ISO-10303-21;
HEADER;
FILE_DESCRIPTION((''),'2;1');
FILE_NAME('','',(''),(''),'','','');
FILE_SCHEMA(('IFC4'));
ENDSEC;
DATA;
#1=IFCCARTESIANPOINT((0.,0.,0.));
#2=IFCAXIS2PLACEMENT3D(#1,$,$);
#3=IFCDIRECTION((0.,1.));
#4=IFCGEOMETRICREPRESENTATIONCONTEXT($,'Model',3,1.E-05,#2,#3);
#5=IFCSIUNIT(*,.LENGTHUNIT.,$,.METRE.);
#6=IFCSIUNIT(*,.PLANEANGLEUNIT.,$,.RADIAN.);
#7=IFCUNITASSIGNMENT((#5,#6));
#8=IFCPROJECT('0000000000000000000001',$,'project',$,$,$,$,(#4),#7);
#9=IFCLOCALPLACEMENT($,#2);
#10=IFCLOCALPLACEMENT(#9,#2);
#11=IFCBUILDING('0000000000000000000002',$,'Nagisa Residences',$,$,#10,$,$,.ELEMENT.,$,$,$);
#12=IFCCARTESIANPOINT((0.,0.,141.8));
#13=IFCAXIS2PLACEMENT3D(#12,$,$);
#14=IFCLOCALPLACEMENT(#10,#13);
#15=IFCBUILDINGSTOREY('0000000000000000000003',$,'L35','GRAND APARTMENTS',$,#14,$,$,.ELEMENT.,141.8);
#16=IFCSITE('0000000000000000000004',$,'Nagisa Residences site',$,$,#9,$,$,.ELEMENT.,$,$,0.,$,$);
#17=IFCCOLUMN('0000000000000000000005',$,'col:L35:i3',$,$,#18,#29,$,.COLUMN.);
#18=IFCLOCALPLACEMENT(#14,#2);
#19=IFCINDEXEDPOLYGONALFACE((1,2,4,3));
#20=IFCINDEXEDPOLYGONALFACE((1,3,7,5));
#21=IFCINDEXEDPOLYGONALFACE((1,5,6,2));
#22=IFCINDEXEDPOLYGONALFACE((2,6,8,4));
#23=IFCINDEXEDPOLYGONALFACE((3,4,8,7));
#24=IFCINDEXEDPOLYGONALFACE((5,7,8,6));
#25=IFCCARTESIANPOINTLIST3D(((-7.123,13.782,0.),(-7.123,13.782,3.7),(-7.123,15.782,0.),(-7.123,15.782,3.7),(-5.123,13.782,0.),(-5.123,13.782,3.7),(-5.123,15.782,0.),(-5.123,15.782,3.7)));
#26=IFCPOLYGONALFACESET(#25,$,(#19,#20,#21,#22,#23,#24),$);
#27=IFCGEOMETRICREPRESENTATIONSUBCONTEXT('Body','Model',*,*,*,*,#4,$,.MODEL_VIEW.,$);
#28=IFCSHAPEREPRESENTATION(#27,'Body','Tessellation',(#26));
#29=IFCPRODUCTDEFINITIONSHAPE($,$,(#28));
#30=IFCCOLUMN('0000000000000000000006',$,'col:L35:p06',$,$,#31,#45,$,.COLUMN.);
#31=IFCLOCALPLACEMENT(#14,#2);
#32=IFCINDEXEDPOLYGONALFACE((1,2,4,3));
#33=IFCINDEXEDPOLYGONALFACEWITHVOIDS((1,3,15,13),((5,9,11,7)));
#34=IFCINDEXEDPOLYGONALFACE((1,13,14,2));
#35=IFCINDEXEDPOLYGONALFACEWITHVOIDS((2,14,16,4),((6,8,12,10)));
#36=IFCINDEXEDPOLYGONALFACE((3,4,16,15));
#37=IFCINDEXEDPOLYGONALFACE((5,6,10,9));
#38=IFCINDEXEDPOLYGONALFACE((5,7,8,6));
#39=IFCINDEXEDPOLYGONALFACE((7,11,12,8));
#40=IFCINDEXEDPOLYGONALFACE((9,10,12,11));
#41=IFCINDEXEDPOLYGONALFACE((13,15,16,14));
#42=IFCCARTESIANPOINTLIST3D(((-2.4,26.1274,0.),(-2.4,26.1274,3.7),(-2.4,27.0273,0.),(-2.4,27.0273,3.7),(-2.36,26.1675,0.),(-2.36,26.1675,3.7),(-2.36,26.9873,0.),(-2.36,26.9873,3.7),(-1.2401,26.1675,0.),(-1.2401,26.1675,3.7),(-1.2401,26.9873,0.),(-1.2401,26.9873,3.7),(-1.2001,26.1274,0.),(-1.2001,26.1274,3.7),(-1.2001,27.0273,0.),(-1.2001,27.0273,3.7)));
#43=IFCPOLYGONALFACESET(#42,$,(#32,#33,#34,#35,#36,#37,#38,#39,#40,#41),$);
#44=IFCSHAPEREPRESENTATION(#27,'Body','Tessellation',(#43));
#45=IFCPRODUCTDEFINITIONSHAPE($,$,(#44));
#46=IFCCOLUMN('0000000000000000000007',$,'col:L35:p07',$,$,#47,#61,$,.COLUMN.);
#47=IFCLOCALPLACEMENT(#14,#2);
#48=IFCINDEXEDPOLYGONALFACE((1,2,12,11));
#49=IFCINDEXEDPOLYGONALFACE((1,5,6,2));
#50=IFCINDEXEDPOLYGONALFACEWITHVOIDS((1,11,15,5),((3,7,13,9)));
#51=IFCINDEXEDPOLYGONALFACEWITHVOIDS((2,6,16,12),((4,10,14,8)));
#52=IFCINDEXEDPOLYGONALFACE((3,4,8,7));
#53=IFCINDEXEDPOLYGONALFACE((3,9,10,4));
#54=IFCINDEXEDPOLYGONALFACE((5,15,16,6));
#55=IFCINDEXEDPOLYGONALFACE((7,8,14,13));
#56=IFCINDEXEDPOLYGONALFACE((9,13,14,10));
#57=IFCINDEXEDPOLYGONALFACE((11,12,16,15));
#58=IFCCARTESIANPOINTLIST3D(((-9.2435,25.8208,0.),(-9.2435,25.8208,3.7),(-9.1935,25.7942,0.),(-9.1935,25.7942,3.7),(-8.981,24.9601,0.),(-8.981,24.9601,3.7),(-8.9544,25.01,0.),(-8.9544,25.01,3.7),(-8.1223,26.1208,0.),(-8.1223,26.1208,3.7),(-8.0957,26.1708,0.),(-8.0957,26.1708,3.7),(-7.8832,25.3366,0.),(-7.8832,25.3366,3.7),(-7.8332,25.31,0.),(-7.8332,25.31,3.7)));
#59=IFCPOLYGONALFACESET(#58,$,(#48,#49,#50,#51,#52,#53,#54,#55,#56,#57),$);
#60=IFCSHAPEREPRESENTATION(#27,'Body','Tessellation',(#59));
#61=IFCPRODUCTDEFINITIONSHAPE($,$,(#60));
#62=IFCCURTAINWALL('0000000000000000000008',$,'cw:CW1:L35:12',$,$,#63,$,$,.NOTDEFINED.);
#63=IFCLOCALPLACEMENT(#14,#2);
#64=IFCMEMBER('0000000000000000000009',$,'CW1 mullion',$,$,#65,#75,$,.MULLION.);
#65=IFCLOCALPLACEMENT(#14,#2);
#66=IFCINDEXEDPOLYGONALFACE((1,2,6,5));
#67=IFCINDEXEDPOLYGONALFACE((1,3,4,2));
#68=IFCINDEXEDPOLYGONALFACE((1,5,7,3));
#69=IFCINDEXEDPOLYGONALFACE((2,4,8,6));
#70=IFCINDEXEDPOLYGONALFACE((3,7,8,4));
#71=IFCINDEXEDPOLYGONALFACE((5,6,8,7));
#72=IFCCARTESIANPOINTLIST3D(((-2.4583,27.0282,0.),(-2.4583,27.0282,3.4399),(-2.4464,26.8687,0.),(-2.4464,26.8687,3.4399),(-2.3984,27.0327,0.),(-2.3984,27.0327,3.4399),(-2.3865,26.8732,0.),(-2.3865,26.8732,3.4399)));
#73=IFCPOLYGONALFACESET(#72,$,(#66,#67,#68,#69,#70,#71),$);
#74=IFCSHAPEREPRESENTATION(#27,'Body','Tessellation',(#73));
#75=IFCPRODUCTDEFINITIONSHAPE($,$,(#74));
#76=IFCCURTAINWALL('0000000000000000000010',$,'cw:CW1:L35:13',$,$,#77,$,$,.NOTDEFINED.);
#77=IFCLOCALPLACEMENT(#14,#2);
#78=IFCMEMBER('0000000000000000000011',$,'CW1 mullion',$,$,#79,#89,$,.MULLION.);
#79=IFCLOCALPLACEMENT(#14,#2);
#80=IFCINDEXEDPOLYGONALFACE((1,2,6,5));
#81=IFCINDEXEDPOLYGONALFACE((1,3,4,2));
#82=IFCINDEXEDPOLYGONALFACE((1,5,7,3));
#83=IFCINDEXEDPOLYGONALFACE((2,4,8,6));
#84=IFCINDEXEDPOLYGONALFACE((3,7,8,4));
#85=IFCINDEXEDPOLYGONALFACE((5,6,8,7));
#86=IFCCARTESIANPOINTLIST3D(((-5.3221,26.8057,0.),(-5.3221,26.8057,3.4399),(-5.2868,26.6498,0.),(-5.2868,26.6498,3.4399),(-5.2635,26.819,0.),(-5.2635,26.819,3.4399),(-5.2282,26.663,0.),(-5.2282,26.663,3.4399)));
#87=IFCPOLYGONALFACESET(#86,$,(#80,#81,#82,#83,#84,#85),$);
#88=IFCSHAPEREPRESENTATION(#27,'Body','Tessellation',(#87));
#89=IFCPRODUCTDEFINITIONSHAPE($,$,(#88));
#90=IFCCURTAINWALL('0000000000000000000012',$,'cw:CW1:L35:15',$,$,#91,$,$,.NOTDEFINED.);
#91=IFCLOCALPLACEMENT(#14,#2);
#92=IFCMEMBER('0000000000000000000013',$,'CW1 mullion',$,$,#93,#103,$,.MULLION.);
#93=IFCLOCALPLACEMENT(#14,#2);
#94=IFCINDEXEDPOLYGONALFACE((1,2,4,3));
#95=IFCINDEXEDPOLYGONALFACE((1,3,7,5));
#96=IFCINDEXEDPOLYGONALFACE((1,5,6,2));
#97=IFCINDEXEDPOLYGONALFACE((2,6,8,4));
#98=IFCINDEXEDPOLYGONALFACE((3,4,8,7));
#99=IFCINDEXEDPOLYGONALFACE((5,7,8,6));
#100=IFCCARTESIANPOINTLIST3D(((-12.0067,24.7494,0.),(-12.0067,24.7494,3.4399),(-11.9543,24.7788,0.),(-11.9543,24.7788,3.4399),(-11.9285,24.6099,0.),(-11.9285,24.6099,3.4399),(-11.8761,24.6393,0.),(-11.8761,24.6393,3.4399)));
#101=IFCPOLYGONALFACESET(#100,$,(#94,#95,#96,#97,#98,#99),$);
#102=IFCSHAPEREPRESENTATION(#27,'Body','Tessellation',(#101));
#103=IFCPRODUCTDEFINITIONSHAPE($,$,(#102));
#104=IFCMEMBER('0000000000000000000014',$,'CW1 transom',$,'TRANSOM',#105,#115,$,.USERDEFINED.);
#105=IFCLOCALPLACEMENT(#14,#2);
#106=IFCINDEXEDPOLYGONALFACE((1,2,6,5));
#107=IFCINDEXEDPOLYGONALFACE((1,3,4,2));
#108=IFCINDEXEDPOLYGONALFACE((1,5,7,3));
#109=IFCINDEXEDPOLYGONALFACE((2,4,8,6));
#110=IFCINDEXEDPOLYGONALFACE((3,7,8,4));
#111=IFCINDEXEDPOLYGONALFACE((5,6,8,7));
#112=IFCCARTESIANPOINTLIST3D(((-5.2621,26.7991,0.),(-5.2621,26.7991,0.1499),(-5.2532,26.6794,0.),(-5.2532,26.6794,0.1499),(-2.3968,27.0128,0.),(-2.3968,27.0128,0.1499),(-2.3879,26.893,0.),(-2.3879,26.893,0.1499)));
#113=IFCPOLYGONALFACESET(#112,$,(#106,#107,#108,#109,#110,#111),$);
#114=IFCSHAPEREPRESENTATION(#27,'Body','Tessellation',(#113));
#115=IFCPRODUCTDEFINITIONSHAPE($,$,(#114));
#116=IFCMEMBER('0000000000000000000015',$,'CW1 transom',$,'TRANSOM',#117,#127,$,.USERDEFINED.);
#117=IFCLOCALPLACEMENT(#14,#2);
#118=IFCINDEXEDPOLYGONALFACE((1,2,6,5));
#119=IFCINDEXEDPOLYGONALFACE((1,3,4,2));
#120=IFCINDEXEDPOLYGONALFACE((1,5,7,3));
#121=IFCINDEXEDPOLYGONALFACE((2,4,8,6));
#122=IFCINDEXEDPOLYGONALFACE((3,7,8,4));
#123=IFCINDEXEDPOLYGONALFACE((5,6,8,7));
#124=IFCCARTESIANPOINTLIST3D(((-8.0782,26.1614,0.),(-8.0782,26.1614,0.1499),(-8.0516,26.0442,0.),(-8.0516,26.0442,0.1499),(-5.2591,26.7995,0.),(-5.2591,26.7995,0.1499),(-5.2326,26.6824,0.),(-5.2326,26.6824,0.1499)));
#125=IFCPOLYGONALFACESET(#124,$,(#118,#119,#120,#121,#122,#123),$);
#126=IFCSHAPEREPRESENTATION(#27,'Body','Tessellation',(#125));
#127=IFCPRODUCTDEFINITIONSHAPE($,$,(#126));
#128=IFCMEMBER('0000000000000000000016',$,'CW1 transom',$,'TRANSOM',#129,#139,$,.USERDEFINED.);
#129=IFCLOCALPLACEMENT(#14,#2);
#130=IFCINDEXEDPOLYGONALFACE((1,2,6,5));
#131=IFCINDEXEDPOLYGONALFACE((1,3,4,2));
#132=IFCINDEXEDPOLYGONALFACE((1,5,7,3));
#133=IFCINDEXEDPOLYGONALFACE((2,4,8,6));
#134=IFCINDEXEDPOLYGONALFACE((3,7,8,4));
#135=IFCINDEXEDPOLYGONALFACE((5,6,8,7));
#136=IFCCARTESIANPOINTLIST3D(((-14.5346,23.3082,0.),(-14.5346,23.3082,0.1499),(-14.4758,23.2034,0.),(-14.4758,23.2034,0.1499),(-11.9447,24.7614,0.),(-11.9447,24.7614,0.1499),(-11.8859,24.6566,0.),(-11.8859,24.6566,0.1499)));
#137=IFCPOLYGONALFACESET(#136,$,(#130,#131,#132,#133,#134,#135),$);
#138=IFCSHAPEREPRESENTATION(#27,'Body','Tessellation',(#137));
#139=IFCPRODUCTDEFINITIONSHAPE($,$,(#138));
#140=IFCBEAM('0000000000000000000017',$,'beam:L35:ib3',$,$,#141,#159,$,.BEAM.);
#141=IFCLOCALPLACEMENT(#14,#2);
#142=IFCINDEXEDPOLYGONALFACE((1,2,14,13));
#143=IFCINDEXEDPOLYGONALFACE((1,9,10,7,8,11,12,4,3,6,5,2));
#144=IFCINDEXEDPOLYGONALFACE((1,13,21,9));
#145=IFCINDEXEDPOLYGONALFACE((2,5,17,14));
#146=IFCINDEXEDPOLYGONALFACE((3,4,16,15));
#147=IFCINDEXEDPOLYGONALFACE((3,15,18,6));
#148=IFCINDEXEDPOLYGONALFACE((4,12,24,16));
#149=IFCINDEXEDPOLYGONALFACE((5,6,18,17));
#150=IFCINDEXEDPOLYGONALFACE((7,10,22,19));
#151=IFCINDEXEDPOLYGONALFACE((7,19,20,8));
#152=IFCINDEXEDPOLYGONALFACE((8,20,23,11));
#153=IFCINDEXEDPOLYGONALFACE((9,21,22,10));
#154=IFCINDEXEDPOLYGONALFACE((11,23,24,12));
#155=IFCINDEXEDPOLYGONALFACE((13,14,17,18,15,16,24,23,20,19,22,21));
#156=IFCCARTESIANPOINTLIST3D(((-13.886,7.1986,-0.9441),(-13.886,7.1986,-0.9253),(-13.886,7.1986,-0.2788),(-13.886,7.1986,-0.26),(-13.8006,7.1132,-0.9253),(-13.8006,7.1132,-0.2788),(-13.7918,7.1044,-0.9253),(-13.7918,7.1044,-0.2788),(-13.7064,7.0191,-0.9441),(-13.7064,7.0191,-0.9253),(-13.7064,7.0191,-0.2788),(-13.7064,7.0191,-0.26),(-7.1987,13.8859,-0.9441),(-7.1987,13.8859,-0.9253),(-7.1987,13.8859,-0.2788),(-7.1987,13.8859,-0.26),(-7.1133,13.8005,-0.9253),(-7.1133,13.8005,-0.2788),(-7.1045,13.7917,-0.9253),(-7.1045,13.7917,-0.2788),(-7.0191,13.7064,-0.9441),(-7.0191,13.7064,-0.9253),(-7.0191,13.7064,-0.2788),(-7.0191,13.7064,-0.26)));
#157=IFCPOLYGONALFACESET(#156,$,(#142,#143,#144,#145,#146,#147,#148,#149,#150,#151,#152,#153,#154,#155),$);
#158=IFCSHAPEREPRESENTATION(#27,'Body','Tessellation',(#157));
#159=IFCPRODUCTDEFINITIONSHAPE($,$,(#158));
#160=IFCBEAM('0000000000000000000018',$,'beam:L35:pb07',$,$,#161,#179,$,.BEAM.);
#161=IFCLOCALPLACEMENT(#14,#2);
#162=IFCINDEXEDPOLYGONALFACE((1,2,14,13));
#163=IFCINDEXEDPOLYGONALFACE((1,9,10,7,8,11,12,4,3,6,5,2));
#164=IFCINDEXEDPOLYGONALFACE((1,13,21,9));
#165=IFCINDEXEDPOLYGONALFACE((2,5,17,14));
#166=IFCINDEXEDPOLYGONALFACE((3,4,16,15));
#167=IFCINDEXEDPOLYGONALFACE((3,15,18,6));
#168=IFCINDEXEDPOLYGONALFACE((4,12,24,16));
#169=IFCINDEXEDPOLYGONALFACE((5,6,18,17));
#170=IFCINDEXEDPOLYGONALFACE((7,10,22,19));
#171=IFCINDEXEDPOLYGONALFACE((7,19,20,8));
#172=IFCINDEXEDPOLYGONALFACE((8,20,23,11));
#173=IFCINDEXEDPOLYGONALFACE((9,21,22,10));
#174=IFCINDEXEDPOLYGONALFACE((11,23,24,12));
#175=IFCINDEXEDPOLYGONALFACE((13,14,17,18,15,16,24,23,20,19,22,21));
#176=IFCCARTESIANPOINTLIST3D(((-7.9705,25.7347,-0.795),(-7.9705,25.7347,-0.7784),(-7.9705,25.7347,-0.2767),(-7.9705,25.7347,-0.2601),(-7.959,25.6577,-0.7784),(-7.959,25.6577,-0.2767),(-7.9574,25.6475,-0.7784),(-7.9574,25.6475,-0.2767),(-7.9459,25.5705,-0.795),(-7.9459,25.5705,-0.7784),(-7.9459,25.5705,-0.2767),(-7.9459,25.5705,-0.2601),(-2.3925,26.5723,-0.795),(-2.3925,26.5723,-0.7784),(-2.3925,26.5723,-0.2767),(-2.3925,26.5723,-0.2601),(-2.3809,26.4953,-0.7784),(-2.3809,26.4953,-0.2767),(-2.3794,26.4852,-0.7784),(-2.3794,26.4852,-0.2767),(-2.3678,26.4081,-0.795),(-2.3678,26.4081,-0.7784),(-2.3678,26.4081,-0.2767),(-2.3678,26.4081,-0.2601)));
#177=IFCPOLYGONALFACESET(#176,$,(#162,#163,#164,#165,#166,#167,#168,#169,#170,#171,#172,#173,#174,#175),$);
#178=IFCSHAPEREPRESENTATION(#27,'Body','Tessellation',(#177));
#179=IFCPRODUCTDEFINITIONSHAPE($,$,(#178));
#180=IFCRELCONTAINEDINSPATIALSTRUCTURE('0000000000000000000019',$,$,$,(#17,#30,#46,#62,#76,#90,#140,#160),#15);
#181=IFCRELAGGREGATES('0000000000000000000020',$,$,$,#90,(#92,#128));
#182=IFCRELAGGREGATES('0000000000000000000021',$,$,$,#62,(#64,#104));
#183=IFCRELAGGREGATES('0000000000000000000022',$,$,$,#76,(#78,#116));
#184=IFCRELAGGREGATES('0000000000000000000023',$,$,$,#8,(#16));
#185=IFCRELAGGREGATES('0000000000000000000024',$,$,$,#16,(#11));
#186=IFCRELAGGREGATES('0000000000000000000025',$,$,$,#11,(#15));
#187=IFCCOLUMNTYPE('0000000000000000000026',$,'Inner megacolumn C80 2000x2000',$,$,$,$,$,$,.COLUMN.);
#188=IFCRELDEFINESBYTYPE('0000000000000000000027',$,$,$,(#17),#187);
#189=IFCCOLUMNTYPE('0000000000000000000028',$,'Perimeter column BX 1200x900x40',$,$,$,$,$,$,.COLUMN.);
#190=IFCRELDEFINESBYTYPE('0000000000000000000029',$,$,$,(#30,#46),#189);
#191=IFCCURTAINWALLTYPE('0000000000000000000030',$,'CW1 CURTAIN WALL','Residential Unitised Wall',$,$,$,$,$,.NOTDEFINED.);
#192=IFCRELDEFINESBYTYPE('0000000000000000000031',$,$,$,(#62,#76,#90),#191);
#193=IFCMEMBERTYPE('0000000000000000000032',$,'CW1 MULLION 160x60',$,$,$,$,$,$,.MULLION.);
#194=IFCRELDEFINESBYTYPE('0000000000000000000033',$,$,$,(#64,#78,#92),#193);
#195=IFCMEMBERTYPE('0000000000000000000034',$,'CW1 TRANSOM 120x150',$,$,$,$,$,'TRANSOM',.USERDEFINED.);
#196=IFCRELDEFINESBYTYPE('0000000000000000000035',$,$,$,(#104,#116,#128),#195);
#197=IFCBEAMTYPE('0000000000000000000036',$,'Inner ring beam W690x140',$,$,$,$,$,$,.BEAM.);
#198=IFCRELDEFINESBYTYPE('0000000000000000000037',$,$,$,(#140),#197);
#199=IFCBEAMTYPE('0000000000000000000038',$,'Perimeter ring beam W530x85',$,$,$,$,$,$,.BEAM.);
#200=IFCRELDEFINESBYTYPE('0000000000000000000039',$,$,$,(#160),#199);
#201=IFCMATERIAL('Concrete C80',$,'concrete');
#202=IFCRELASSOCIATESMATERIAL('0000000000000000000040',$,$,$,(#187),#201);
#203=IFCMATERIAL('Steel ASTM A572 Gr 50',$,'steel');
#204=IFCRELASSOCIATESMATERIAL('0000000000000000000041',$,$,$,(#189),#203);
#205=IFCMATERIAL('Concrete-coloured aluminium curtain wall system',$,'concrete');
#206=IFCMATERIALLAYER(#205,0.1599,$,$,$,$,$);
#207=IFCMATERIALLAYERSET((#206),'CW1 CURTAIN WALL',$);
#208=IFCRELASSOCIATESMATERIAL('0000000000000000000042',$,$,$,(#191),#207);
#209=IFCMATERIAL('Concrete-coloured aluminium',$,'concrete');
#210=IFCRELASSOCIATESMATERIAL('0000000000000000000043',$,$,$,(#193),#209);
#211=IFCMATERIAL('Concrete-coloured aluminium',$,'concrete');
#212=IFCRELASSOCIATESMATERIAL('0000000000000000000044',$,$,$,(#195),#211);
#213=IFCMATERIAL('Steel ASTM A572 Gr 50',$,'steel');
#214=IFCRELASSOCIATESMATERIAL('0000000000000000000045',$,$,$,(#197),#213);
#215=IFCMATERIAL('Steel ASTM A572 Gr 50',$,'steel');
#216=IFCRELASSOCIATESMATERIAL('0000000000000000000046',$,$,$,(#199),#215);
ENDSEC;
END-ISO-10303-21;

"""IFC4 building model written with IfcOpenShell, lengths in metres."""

from ifc_helpers import new_model, si_unit, direction, frame, origin, origin_2d, place, context, subcontext, project, spatial, rectangle, hollow_rectangle, i_section, extrude, material, layer, layer_set, material_profile, profile_set, type_object, element, aggregate, save


model = new_model("IFC4")

# Units and contexts
model_context = context("Model", 3, precision=1e-05, world=origin(), true_north=direction((0.0, 1.0)))
body_context = subcontext(model_context, "Body", "Model", "MODEL_VIEW")
ifc_project = project(units=[si_unit("LENGTHUNIT", "METRE"), si_unit("PLANEANGLEUNIT", "RADIAN")], contexts=[model_context])

# Site, building, storey
site_placement = place(None, origin())
site = spatial("IfcSite", under=ifc_project, at=site_placement, Name="Nagisa Residences site", CompositionType="ELEMENT", RefElevation=0.0)
building_placement = place(site_placement, origin())
building = spatial("IfcBuilding", under=site, at=building_placement, Name="Nagisa Residences", CompositionType="ELEMENT")
storey_placement = place(building_placement, frame((0.0, 0.0, 141.8)))
storey = spatial("IfcBuildingStorey", under=building, at=storey_placement, Name="L35", Description="GRAND APARTMENTS", CompositionType="ELEMENT", Elevation=141.8)

# Columns
ifc_material_1 = material(Name="Concrete C80", Category="concrete")
ifc_material_profile_1 = material_profile(ifc_material_1, rectangle(XDim=2.0, YDim=2.0, at=origin_2d()), Name="C80 2000x2000")
ifc_profile_set_1 = profile_set([ifc_material_profile_1], Name="Concrete C80")
column_type_1 = type_object("IfcColumnType", Name="Inner megacolumn C80 2000x2000", PredefinedType="COLUMN", material=ifc_profile_set_1)
column_placement = place(storey_placement, frame((-6.123, 14.782, 0.0), z_axis=(0.0, 0.0, 1.0), x_axis=(1.0, 0.0, 0.0)))
element("IfcColumn", 1, at=column_placement, inside=storey, type_object=column_type_1, Name="col:L35:i3", PredefinedType="COLUMN", context=body_context, shape_type="SweptSolid", body=[
    extrude(rectangle(XDim=2.0, YDim=2.0, at=origin_2d()), origin(), (0.0, 0.0, 1.0), 3.7),
])
ifc_material_2 = material(Name="Steel ASTM A572 Gr 50", Category="steel")
ifc_material_profile_2 = material_profile(ifc_material_2, hollow_rectangle(XDim=1.2, YDim=0.8999, WallThickness=0.04, at=origin_2d()), Name="BX 1200x900x40")
ifc_profile_set_2 = profile_set([ifc_material_profile_2], Name="Steel ASTM A572 Gr 50")
column_type_2 = type_object("IfcColumnType", Name="Perimeter column BX 1200x900x40", PredefinedType="COLUMN", material=ifc_profile_set_2)
for number, where, z_axis, x_axis, name in (
    (2, (-1.8, 26.5774, 0.0), (0.0, 0.0, 1.0), (-1.0, 0.0, 0.0), "col:L35:p06"),
    (3, (-8.5383, 25.5654, 0.0), (0.0, 0.0, 1.0), (-0.956525, -0.291652, 0.0), "col:L35:p07"),
):
    element("IfcColumn", number, at=place(storey_placement, frame(where, z_axis=z_axis, x_axis=x_axis)), inside=storey, type_object=column_type_2, Name=name, PredefinedType="COLUMN", context=body_context, shape_type="SweptSolid", body=[
        extrude(hollow_rectangle(XDim=1.2, YDim=0.8999, WallThickness=0.04, at=origin_2d()), origin(), (0.0, 0.0, 1.0), 3.7),
    ])

# Curtain walls, members
ifc_material_3 = material(Name="Concrete-coloured aluminium curtain wall system", Category="concrete")
ifc_layer_1 = layer(ifc_material_3, 0.1599)
ifc_layer_set_1 = layer_set([ifc_layer_1], Name="CW1 CURTAIN WALL")
curtain_wall_type = type_object("IfcCurtainWallType", Name="CW1 CURTAIN WALL", Description="Residential Unitised Wall", PredefinedType="NOTDEFINED", material=ifc_layer_set_1)
curtain_wall_1_placement = place(storey_placement, origin())
curtain_wall_1 = element("IfcCurtainWall", 4, at=curtain_wall_1_placement, inside=storey, type_object=curtain_wall_type, Name="cw:CW1:L35:12", PredefinedType="NOTDEFINED")
ifc_material_4 = material(Name="Concrete-coloured aluminium", Category="concrete")
ifc_material_profile_3 = material_profile(ifc_material_4, rectangle(XDim=0.1599, YDim=0.0601, at=origin_2d()), Name="CW1 MULLION 160x60")
ifc_profile_set_3 = profile_set([ifc_material_profile_3], Name="Concrete-coloured aluminium")
member_type_1 = type_object("IfcMemberType", Name="CW1 MULLION 160x60", PredefinedType="MULLION", material=ifc_profile_set_3)
member_1_placement = place(storey_placement, frame((-2.4224, 26.9507, 0.0), z_axis=(0.0, 0.0, 1.0), x_axis=(0.074377, -0.99723, 0.0)))
member_1 = element("IfcMember", 5, at=member_1_placement, type_object=member_type_1, Name="CW1 mullion", PredefinedType="MULLION", context=body_context, shape_type="SweptSolid", body=[
    extrude(rectangle(XDim=0.1599, YDim=0.0601, at=origin_2d()), origin(), (0.0, 0.0, 1.0), 3.4399),
])
curtain_wall_2_placement = place(storey_placement, origin())
curtain_wall_2 = element("IfcCurtainWall", 6, at=curtain_wall_2_placement, inside=storey, type_object=curtain_wall_type, Name="cw:CW1:L35:13", PredefinedType="NOTDEFINED")
member_2_placement = place(storey_placement, frame((-5.2751, 26.7344, 0.0), z_axis=(0.0, 0.0, 1.0), x_axis=(0.220764, -0.975327, 0.0)))
member_2 = element("IfcMember", 7, at=member_2_placement, type_object=member_type_1, Name="CW1 mullion", PredefinedType="MULLION", context=body_context, shape_type="SweptSolid", body=[
    extrude(rectangle(XDim=0.1599, YDim=0.0601, at=origin_2d()), origin(), (0.0, 0.0, 1.0), 3.4399),
])
curtain_wall_3_placement = place(storey_placement, origin())
curtain_wall_3 = element("IfcCurtainWall", 8, at=curtain_wall_3_placement, inside=storey, type_object=curtain_wall_type, Name="cw:CW1:L35:15", PredefinedType="NOTDEFINED")
member_3_placement = place(storey_placement, frame((-11.9414, 24.6943, 0.0), z_axis=(0.0, 0.0, 1.0), x_axis=(0.489377, -0.872072, 0.0)))
member_3 = element("IfcMember", 9, at=member_3_placement, type_object=member_type_1, Name="CW1 mullion", PredefinedType="MULLION", context=body_context, shape_type="SweptSolid", body=[
    extrude(rectangle(XDim=0.1599, YDim=0.0601, at=origin_2d()), origin(), (0.0, 0.0, 1.0), 3.4399),
])

# Members
ifc_material_5 = material(Name="Concrete-coloured aluminium", Category="concrete")
ifc_material_profile_4 = material_profile(ifc_material_5, rectangle(XDim=0.1201, YDim=0.1499, at=origin_2d()), Name="CW1 TRANSOM 120x150")
ifc_profile_set_4 = profile_set([ifc_material_profile_4], Name="Concrete-coloured aluminium")
member_type_2 = type_object("IfcMemberType", Name="CW1 TRANSOM 120x150", ElementType="TRANSOM", PredefinedType="USERDEFINED", material=ifc_profile_set_4)
member_4_placement = place(storey_placement, frame((-2.3923, 26.9529, 0.075), z_axis=(-0.997232, -0.074351, 0.0), x_axis=(0.074351, -0.997232, 0.0)))
member_4 = element("IfcMember", 10, at=member_4_placement, type_object=member_type_2, Name="CW1 transom", ObjectType="TRANSOM", PredefinedType="USERDEFINED", context=body_context, shape_type="SweptSolid", body=[
    extrude(rectangle(XDim=0.1201, YDim=0.1499, at=origin_2d()), origin(), (0.0, 0.0, 1.0), 2.8733),
])
member_5_placement = place(storey_placement, frame((-5.2458, 26.741, 0.075), z_axis=(-0.975321, -0.220792, 0.0), x_axis=(0.220792, -0.975321, 0.0)))
member_5 = element("IfcMember", 11, at=member_5_placement, type_object=member_type_2, Name="CW1 transom", ObjectType="TRANSOM", PredefinedType="USERDEFINED", context=body_context, shape_type="SweptSolid", body=[
    extrude(rectangle(XDim=0.1201, YDim=0.1499, at=origin_2d()), origin(), (0.0, 0.0, 1.0), 2.8904),
])
member_6_placement = place(storey_placement, frame((-11.9153, 24.709, 0.075), z_axis=(-0.872102, -0.489324, 0.0), x_axis=(0.489324, -0.872102, 0.0)))
member_6 = element("IfcMember", 12, at=member_6_placement, type_object=member_type_2, Name="CW1 transom", ObjectType="TRANSOM", PredefinedType="USERDEFINED", context=body_context, shape_type="SweptSolid", body=[
    extrude(rectangle(XDim=0.1201, YDim=0.1499, at=origin_2d()), origin(), (0.0, 0.0, 1.0), 2.9697),
])
aggregate(curtain_wall_3, [member_3, member_6])

# Beams
ifc_material_6 = material(Name="Steel ASTM A572 Gr 50", Category="steel")
ifc_material_profile_5 = material_profile(ifc_material_6, i_section(OverallWidth=0.2539, OverallDepth=0.6841, WebThickness=0.0125, FlangeThickness=0.0188, at=origin_2d()), Name="W690x140")
ifc_profile_set_5 = profile_set([ifc_material_profile_5], Name="Steel ASTM A572 Gr 50")
beam_type_1 = type_object("IfcBeamType", Name="Inner ring beam W690x140", PredefinedType="BEAM", material=ifc_profile_set_5)
beam_1_placement = place(storey_placement, frame((-7.1089, 13.7961, -0.6021), z_axis=(-0.707107, -0.707107, 0.0), x_axis=(0.707107, -0.707107, 0.0)))
element("IfcBeam", 13, at=beam_1_placement, inside=storey, type_object=beam_type_1, Name="beam:L35:ib3", PredefinedType="BEAM", context=body_context, shape_type="SweptSolid", body=[
    extrude(i_section(OverallWidth=0.2539, OverallDepth=0.6841, WebThickness=0.0125, FlangeThickness=0.0188, at=origin_2d()), origin(), (0.0, 0.0, 1.0), 9.4573),
])
ifc_material_7 = material(Name="Steel ASTM A572 Gr 50", Category="steel")
ifc_material_profile_6 = material_profile(ifc_material_7, i_section(OverallWidth=0.166, OverallDepth=0.5349, WebThickness=0.0103, FlangeThickness=0.0166, at=origin_2d()), Name="W530x85")
ifc_profile_set_6 = profile_set([ifc_material_profile_6], Name="Steel ASTM A572 Gr 50")
beam_type_2 = type_object("IfcBeamType", Name="Perimeter ring beam W530x85", PredefinedType="BEAM", material=ifc_profile_set_6)
beam_2_placement = place(storey_placement, frame((-2.3801, 26.4902, -0.5276), z_axis=(-0.988912, -0.148501, 0.0), x_axis=(0.148501, -0.988912, 0.0)))
element("IfcBeam", 14, at=beam_2_placement, inside=storey, type_object=beam_type_2, Name="beam:L35:pb07", PredefinedType="BEAM", context=body_context, shape_type="SweptSolid", body=[
    extrude(i_section(OverallWidth=0.166, OverallDepth=0.5349, WebThickness=0.0103, FlangeThickness=0.0166, at=origin_2d()), origin(), (0.0, 0.0, 1.0), 5.6406),
])

aggregate(curtain_wall_1, [member_1, member_4])
aggregate(curtain_wall_2, [member_2, member_5])

save(model, "model.ifc")
